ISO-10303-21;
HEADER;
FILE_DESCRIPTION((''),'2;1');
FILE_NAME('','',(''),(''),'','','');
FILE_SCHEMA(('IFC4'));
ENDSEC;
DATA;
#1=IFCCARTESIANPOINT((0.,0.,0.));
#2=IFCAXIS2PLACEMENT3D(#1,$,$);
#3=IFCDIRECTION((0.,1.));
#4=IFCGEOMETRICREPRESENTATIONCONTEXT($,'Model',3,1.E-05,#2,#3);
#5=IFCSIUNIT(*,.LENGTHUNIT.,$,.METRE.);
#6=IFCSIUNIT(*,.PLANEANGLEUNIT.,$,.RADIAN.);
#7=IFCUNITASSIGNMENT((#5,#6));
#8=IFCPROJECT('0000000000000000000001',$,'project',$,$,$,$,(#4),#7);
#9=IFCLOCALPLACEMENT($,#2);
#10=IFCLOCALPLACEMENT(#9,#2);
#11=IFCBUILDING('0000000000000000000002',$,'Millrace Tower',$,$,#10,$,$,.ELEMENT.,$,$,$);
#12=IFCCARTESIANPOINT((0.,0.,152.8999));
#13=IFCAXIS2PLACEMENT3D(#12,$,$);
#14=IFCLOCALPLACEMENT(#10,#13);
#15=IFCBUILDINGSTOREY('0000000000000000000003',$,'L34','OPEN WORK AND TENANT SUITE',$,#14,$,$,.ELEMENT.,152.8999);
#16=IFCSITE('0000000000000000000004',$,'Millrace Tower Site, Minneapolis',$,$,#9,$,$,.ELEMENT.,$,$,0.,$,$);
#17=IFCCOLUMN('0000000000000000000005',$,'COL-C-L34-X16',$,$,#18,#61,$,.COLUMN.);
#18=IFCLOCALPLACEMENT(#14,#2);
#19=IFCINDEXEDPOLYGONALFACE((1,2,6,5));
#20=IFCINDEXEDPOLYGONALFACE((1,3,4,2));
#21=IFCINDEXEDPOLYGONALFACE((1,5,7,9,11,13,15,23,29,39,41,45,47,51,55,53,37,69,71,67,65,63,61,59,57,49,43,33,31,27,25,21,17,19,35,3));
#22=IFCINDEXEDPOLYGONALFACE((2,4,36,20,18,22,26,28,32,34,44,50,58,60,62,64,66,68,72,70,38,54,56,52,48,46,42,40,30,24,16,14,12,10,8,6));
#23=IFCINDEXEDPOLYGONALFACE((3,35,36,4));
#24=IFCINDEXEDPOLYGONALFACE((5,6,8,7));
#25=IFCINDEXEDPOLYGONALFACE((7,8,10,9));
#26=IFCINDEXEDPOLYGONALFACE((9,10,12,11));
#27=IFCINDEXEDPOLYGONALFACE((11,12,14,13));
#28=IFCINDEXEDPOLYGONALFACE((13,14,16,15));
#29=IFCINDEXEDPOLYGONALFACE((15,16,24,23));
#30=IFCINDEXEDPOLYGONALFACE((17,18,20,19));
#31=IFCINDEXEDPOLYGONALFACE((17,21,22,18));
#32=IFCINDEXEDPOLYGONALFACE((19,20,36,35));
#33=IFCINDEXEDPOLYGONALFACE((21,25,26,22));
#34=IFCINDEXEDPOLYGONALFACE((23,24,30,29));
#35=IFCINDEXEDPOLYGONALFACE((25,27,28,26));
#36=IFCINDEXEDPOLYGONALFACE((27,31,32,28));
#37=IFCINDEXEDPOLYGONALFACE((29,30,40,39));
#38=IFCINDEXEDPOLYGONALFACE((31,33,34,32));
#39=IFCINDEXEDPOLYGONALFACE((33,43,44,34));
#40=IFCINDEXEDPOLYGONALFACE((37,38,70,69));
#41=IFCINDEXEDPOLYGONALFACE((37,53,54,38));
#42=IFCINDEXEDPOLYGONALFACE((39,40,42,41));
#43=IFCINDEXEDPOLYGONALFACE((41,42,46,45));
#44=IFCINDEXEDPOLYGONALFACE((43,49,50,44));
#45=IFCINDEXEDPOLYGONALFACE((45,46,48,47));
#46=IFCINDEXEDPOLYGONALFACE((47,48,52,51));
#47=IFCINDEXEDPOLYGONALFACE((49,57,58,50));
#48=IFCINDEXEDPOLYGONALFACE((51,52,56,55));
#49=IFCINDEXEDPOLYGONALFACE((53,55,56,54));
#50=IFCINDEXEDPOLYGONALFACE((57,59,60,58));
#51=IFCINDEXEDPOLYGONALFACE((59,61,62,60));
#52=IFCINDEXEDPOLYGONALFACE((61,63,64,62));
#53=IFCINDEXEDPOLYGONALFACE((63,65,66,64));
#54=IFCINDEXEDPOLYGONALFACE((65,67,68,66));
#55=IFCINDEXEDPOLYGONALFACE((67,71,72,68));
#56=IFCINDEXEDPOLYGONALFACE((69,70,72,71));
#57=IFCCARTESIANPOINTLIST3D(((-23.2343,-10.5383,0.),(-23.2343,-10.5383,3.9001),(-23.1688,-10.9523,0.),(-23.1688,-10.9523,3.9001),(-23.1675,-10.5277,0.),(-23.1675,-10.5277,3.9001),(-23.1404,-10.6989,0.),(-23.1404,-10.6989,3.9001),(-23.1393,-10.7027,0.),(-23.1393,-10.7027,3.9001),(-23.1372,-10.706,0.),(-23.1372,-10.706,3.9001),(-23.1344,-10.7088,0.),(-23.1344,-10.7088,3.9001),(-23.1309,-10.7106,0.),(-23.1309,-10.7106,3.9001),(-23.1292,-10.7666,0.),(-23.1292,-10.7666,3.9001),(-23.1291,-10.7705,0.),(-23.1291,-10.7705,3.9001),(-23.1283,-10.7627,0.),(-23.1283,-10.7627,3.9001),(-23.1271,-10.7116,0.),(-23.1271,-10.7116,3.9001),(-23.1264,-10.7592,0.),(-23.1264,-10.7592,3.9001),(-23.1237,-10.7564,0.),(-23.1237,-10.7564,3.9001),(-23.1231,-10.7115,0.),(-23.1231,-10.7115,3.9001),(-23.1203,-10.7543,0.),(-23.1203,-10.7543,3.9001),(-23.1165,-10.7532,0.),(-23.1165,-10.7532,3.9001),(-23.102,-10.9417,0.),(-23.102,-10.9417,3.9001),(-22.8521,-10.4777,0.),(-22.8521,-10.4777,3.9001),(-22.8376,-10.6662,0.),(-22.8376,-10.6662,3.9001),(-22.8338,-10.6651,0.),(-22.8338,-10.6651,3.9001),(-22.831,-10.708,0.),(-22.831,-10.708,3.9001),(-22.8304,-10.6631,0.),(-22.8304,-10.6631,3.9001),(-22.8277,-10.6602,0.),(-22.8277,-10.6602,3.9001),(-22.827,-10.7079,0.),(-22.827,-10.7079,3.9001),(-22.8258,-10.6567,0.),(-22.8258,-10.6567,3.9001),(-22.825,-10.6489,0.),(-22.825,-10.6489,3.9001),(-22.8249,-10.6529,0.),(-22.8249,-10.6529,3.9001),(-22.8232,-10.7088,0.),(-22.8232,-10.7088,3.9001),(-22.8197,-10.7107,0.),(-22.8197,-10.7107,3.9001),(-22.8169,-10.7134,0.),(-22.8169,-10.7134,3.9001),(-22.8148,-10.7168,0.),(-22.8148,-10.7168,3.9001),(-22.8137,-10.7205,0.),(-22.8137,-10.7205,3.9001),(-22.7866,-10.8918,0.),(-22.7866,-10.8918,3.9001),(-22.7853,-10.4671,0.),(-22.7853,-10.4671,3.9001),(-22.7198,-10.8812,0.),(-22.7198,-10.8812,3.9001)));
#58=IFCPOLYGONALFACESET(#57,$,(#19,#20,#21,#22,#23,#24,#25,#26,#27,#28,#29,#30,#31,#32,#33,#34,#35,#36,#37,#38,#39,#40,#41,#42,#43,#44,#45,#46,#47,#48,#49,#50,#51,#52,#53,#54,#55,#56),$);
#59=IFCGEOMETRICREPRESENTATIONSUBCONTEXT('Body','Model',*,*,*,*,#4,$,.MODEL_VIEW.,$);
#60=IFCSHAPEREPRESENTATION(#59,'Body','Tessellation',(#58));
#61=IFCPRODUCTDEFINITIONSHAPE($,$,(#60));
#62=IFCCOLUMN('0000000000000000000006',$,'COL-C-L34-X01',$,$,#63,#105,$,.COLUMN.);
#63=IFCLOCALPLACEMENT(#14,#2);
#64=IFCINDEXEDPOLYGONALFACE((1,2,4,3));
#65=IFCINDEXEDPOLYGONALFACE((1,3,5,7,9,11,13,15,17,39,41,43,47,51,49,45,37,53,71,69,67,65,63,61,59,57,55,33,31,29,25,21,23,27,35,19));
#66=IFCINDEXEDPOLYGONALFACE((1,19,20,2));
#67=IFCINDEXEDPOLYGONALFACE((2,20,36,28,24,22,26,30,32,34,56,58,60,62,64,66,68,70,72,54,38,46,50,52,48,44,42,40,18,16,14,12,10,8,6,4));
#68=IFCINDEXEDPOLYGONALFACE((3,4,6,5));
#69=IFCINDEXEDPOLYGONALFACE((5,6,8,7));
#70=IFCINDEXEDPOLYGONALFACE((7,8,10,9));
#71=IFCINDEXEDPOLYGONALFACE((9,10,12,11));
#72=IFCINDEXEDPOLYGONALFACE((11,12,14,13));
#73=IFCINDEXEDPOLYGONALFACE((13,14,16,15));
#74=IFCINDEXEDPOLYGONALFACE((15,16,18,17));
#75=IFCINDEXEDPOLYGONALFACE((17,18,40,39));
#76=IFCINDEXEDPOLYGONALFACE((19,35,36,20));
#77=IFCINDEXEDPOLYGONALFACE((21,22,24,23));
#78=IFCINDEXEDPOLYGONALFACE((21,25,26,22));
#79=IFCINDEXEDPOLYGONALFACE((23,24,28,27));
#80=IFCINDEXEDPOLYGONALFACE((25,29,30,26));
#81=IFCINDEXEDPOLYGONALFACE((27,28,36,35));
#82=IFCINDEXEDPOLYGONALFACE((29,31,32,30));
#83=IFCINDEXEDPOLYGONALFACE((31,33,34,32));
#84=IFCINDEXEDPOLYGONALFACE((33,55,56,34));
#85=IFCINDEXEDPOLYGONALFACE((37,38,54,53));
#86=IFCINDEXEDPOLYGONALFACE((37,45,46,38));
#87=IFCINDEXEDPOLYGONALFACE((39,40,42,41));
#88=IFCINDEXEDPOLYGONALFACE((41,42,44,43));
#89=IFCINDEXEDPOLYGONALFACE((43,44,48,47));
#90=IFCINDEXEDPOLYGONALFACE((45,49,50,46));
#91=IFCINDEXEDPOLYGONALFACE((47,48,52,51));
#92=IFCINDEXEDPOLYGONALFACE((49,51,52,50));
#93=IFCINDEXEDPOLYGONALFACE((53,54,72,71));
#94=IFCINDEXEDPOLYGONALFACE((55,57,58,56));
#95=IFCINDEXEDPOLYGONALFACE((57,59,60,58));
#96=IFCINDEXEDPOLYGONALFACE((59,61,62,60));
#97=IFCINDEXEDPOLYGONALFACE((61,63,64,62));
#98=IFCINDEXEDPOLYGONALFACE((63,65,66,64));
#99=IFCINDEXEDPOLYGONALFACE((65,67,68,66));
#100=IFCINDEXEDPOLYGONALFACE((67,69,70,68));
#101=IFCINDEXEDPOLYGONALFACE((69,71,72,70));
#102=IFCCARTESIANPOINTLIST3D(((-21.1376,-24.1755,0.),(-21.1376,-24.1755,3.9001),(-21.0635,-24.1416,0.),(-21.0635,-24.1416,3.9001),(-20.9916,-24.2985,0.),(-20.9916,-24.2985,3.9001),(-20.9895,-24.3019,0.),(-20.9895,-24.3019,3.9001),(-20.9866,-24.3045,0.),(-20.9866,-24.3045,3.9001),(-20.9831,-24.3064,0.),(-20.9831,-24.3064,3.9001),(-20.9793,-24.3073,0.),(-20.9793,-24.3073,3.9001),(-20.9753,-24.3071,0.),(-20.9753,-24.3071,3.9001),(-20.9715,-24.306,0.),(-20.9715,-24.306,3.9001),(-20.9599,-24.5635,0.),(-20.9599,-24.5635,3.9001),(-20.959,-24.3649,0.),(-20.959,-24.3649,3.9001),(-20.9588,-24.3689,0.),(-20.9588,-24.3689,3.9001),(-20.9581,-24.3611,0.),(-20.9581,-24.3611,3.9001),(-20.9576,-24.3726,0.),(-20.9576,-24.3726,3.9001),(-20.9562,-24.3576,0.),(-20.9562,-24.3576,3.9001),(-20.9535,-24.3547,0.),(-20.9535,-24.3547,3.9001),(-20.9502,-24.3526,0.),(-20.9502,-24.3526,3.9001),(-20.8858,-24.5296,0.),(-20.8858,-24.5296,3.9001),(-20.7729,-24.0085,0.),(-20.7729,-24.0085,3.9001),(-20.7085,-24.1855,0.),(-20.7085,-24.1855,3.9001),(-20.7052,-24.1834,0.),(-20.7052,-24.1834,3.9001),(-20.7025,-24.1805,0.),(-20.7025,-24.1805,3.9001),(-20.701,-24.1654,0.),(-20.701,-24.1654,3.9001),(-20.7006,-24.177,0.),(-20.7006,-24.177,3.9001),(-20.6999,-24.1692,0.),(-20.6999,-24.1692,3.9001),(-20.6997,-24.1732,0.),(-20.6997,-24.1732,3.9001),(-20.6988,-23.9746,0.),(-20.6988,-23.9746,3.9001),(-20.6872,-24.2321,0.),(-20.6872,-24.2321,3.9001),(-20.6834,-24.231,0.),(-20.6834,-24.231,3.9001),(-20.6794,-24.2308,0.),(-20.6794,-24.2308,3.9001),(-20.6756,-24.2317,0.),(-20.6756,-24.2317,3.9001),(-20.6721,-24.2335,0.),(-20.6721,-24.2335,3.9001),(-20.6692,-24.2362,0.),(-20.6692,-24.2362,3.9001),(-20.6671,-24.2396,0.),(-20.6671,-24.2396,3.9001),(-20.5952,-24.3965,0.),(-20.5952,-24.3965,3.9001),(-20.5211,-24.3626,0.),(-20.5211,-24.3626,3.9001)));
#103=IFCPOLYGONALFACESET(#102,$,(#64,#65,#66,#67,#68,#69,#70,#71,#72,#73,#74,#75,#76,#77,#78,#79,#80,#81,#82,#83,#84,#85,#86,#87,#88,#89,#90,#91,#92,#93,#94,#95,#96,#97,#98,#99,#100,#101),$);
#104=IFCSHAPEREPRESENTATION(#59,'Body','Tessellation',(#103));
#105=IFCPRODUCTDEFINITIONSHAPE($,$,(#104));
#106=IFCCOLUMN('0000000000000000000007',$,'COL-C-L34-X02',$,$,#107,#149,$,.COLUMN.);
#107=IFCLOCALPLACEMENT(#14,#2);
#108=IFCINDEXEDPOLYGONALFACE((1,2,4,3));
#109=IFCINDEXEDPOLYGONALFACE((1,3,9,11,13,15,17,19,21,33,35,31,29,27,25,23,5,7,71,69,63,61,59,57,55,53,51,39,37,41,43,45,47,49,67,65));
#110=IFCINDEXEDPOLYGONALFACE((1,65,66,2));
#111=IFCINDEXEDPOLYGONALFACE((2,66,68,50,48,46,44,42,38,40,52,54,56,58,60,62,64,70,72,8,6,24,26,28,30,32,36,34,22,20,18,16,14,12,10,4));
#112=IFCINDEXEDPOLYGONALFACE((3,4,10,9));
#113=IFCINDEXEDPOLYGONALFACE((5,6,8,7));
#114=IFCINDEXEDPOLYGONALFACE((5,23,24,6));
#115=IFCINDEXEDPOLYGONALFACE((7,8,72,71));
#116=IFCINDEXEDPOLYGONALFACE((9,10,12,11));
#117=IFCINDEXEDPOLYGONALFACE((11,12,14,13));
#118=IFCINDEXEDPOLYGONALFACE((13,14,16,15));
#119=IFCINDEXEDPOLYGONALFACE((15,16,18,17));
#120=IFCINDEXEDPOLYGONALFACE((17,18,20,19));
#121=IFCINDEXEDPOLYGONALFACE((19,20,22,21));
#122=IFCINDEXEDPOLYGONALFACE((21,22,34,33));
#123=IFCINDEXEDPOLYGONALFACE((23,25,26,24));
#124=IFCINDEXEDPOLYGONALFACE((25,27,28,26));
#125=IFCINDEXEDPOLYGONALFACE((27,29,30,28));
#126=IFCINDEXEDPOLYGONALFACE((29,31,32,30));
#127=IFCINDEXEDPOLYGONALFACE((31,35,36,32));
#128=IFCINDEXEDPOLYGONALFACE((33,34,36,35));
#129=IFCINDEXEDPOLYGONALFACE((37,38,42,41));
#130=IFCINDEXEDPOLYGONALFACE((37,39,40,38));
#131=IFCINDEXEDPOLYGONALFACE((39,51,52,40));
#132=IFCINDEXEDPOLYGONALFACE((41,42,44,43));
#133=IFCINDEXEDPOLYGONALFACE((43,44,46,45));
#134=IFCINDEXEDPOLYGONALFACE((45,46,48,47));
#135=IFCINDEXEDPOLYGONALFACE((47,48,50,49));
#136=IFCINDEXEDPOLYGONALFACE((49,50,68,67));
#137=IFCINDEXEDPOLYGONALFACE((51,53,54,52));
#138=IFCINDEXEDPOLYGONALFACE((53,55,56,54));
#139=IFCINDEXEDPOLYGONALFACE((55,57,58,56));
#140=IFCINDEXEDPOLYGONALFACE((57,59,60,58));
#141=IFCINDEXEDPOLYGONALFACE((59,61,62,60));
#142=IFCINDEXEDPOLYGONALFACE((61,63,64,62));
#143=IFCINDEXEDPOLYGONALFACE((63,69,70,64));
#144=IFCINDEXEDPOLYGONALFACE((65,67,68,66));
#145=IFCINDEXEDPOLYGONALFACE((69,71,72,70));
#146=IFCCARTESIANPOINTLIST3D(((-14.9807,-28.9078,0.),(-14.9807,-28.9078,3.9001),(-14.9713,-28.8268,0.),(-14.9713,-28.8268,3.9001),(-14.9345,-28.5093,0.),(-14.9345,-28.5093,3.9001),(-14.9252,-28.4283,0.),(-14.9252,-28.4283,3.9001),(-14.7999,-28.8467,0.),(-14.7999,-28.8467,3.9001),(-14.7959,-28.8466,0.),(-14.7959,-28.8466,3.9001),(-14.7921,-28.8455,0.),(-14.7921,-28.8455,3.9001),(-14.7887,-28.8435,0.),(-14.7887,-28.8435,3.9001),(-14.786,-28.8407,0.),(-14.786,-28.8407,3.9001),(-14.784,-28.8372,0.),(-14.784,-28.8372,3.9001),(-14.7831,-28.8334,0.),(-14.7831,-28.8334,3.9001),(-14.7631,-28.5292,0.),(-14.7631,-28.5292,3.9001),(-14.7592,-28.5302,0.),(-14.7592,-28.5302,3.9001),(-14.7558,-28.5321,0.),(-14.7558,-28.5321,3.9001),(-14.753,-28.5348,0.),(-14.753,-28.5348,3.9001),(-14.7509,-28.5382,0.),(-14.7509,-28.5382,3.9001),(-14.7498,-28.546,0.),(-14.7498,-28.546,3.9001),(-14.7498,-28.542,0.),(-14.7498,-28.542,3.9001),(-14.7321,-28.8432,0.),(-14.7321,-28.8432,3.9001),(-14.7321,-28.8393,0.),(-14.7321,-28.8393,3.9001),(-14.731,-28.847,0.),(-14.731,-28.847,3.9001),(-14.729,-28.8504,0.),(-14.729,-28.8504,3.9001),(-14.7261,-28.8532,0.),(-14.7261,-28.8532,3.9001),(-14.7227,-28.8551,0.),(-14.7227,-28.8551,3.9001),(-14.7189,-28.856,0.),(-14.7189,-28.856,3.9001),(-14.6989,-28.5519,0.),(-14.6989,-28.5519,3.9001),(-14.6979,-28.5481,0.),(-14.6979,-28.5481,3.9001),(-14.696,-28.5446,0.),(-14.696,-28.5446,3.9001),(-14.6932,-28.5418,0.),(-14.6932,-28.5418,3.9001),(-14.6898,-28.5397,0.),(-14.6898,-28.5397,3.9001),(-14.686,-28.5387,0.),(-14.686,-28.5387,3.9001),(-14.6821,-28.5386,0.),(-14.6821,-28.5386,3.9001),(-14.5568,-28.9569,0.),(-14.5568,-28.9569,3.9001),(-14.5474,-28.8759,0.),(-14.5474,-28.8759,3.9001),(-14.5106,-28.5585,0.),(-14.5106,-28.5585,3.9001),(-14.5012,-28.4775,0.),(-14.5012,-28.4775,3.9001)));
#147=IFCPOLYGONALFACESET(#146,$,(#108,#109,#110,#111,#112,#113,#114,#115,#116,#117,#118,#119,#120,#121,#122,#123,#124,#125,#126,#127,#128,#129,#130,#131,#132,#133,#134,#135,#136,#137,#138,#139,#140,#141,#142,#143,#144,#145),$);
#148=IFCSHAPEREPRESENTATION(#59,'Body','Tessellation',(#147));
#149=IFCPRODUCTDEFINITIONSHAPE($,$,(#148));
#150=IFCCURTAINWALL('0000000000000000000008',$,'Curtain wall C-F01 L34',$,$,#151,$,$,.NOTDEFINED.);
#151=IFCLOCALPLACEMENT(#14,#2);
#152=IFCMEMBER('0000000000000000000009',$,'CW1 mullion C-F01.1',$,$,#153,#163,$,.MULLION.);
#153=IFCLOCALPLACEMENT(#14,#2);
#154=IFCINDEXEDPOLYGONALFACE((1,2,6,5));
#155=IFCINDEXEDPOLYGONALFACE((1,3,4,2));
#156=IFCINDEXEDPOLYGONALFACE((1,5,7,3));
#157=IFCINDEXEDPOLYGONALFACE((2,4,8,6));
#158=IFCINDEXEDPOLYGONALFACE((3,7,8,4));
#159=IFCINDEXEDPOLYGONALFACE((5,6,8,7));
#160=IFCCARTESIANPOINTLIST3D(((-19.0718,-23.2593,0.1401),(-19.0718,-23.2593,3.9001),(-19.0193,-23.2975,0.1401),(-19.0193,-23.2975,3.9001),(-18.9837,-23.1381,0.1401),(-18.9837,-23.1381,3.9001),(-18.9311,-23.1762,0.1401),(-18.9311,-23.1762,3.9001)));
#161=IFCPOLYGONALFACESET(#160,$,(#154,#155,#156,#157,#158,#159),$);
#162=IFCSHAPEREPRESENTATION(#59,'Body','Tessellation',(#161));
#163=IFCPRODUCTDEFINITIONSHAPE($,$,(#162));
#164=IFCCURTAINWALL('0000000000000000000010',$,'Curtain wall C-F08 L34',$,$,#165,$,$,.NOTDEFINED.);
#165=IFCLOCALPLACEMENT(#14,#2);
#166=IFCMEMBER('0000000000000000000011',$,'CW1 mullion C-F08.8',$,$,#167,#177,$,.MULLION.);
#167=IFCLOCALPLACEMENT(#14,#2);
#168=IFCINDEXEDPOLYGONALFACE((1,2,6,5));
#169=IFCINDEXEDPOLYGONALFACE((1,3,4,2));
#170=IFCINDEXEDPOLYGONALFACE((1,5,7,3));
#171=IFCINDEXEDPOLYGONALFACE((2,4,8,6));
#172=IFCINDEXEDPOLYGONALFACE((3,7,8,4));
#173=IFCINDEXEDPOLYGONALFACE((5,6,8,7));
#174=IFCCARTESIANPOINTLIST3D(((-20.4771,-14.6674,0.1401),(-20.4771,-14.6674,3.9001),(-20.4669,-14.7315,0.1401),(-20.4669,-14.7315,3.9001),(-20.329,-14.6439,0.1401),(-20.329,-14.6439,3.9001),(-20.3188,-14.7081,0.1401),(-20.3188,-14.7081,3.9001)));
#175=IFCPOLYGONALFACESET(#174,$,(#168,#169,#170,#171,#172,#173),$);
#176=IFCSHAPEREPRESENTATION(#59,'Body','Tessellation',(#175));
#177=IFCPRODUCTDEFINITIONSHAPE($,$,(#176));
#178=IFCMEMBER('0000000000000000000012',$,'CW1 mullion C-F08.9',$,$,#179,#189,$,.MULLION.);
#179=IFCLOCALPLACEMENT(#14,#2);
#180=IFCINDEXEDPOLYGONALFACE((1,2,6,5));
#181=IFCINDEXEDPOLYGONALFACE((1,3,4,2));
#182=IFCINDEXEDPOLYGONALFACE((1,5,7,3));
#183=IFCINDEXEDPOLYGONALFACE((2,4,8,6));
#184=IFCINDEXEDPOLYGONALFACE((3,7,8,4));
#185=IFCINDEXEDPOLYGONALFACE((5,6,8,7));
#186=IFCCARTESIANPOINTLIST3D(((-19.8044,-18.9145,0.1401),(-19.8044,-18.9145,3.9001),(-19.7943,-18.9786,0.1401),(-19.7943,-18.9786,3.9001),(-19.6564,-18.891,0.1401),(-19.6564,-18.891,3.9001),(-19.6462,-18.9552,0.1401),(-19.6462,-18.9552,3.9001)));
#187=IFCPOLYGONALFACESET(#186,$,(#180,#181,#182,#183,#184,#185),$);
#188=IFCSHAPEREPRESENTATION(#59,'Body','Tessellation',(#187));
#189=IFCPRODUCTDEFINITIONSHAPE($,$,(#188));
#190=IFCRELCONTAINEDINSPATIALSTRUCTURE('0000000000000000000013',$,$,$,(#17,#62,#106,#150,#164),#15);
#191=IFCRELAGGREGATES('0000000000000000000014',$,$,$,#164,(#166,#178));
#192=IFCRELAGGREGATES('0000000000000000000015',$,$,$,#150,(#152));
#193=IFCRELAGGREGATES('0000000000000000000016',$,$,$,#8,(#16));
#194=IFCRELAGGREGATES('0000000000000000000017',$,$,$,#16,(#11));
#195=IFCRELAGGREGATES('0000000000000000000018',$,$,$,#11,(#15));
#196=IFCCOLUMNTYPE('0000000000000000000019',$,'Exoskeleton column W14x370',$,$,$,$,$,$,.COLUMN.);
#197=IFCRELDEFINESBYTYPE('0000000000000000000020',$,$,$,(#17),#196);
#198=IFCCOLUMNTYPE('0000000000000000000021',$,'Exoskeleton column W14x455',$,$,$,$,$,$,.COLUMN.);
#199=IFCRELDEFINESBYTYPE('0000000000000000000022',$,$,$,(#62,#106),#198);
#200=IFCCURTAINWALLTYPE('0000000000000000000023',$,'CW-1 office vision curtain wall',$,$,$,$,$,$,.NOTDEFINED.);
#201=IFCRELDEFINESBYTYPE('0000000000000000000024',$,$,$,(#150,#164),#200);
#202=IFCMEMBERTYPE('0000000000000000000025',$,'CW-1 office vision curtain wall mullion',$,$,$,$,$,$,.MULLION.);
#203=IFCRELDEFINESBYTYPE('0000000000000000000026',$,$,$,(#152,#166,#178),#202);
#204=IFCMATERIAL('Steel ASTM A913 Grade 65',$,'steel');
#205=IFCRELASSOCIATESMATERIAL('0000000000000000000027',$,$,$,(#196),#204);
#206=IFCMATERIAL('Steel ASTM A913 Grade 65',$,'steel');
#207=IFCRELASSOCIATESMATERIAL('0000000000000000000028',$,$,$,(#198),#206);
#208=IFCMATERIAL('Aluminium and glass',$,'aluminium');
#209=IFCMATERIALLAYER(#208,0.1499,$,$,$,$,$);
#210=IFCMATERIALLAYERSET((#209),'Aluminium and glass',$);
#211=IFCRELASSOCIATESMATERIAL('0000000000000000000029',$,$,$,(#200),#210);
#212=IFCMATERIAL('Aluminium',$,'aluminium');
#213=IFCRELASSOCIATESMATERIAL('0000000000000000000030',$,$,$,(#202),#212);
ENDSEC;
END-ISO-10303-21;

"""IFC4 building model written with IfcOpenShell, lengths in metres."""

from ifc_helpers import new_model, si_unit, direction, frame, origin, origin_2d, place, context, subcontext, project, spatial, rectangle, i_section, extrude, material, layer, layer_set, material_profile, profile_set, type_object, element, aggregate, save


model = new_model("IFC4")

# Units and contexts
model_context = context("Model", 3, precision=1e-05, world=origin(), true_north=direction((0.0, 1.0)))
body_context = subcontext(model_context, "Body", "Model", "MODEL_VIEW")
ifc_project = project(units=[si_unit("LENGTHUNIT", "METRE"), si_unit("PLANEANGLEUNIT", "RADIAN")], contexts=[model_context])

# Site, building, storey
site_placement = place(None, origin())
site = spatial("IfcSite", under=ifc_project, at=site_placement, Name="Millrace Tower Site, Minneapolis", CompositionType="ELEMENT", RefElevation=0.0)
building_placement = place(site_placement, origin())
building = spatial("IfcBuilding", under=site, at=building_placement, Name="Millrace Tower", CompositionType="ELEMENT")
storey_placement = place(building_placement, frame((0.0, 0.0, 152.8999)))
storey = spatial("IfcBuildingStorey", under=building, at=storey_placement, Name="L34", Description="OPEN WORK AND TENANT SUITE", CompositionType="ELEMENT", Elevation=152.8999)

# Columns
ifc_material_1 = material(Name="Steel ASTM A913 Grade 65", Category="steel")
ifc_material_profile_1 = material_profile(ifc_material_1, i_section(OverallWidth=0.4192, OverallDepth=0.4546, WebThickness=0.0422, FlangeThickness=0.0676, FilletRadius=0.0151, at=origin_2d()))
ifc_profile_set_1 = profile_set([ifc_material_profile_1], Name="Steel ASTM A913 Grade 65")
column_type_1 = type_object("IfcColumnType", Name="Exoskeleton column W14x370", PredefinedType="COLUMN", material=ifc_profile_set_1)
column_placement = place(storey_placement, frame((-22.9771, -10.7097, 0.0), z_axis=(0.0, 0.0, 1.0), x_axis=(0.156434, -0.987688, 0.0)))
element("IfcColumn", 1, at=column_placement, inside=storey, type_object=column_type_1, Name="COL-C-L34-X16", PredefinedType="COLUMN", context=body_context, shape_type="SweptSolid", body=[
    extrude(i_section(OverallWidth=0.4192, OverallDepth=0.4546, WebThickness=0.0422, FlangeThickness=0.0676, FilletRadius=0.0151, at=origin_2d()), origin(), (0.0, 0.0, 1.0), 3.9001),
])
ifc_material_2 = material(Name="Steel ASTM A913 Grade 65", Category="steel")
ifc_material_profile_2 = material_profile(ifc_material_2, i_section(OverallWidth=0.4268, OverallDepth=0.4827, WebThickness=0.0513, FlangeThickness=0.0815, FilletRadius=0.0151, at=origin_2d()))
ifc_profile_set_2 = profile_set([ifc_material_profile_2], Name="Steel ASTM A913 Grade 65")
column_type_2 = type_object("IfcColumnType", Name="Exoskeleton column W14x455", PredefinedType="COLUMN", material=ifc_profile_set_2)
for number, where, z_axis, x_axis, name in (
    (2, (-20.8293, -24.269, 0.0), (0.0, 0.0, 1.0), (0.416401, -0.909181, 0.0), "COL-C-L34-X01"),
    (3, (-14.741, -28.6926, 0.0), (0.0, 0.0, 1.0), (0.993358, -0.115069, 0.0), "COL-C-L34-X02"),
):
    element("IfcColumn", number, at=place(storey_placement, frame(where, z_axis=z_axis, x_axis=x_axis)), inside=storey, type_object=column_type_2, Name=name, PredefinedType="COLUMN", context=body_context, shape_type="SweptSolid", body=[
        extrude(i_section(OverallWidth=0.4268, OverallDepth=0.4827, WebThickness=0.0513, FlangeThickness=0.0815, FilletRadius=0.0151, at=origin_2d()), origin(), (0.0, 0.0, 1.0), 3.9001),
    ])

# Curtain wall, member
ifc_material_3 = material(Name="Aluminium and glass", Category="aluminium")
ifc_layer_1 = layer(ifc_material_3, 0.1499)
ifc_layer_set_1 = layer_set([ifc_layer_1], Name="Aluminium and glass")
curtain_wall_type = type_object("IfcCurtainWallType", Name="CW-1 office vision curtain wall", PredefinedType="NOTDEFINED", material=ifc_layer_set_1)
placement = place(storey_placement, origin())
curtain_wall_1 = element("IfcCurtainWall", 4, at=placement, inside=storey, type_object=curtain_wall_type, Name="Curtain wall C-F01 L34", PredefinedType="NOTDEFINED")
ifc_material_4 = material(Name="Aluminium", Category="aluminium")
ifc_material_profile_3 = material_profile(ifc_material_4, rectangle(XDim=0.0649, YDim=0.1499, at=origin_2d()))
ifc_profile_set_3 = profile_set([ifc_material_profile_3], Name="Aluminium")
member_type_1 = type_object("IfcMemberType", Name="CW-1 office vision curtain wall mullion", PredefinedType="MULLION", material=ifc_profile_set_3)
member_1_placement = place(storey_placement, frame((-19.0015, -23.2178, 0.1401), z_axis=(0.0, 0.0, 1.0), x_axis=(0.809017, -0.587785, 0.0)))
member_1 = element("IfcMember", 5, at=member_1_placement, type_object=member_type_1, Name="CW1 mullion C-F01.1", PredefinedType="MULLION", context=body_context, shape_type="SweptSolid", body=[
    extrude(rectangle(XDim=0.0649, YDim=0.1499, at=origin_2d()), origin(), (0.0, 0.0, 1.0), 3.76),
])

# Curtain wall, members
curtain_wall_2 = element("IfcCurtainWall", 6, at=placement, inside=storey, type_object=curtain_wall_type, Name="Curtain wall C-F08 L34", PredefinedType="NOTDEFINED")
member_2_placement = place(storey_placement, frame((-20.3979, -14.6877, 0.1401), z_axis=(0.0, 0.0, 1.0), x_axis=(0.156434, -0.987688, 0.0)))
member_2 = element("IfcMember", 7, at=member_2_placement, type_object=member_type_1, Name="CW1 mullion C-F08.8", PredefinedType="MULLION", context=body_context, shape_type="SweptSolid", body=[
    extrude(rectangle(XDim=0.0649, YDim=0.1499, at=origin_2d()), origin(), (0.0, 0.0, 1.0), 3.76),
])
member_3_placement = place(storey_placement, frame((-19.7253, -18.9348, 0.1401), z_axis=(0.0, 0.0, 1.0), x_axis=(0.156434, -0.987688, 0.0)))
member_3 = element("IfcMember", 8, at=member_3_placement, type_object=member_type_1, Name="CW1 mullion C-F08.9", PredefinedType="MULLION", context=body_context, shape_type="SweptSolid", body=[
    extrude(rectangle(XDim=0.0649, YDim=0.1499, at=origin_2d()), origin(), (0.0, 0.0, 1.0), 3.76),
])
aggregate(curtain_wall_2, [member_2, member_3])

aggregate(curtain_wall_1, [member_1])

save(model, "model.ifc")
